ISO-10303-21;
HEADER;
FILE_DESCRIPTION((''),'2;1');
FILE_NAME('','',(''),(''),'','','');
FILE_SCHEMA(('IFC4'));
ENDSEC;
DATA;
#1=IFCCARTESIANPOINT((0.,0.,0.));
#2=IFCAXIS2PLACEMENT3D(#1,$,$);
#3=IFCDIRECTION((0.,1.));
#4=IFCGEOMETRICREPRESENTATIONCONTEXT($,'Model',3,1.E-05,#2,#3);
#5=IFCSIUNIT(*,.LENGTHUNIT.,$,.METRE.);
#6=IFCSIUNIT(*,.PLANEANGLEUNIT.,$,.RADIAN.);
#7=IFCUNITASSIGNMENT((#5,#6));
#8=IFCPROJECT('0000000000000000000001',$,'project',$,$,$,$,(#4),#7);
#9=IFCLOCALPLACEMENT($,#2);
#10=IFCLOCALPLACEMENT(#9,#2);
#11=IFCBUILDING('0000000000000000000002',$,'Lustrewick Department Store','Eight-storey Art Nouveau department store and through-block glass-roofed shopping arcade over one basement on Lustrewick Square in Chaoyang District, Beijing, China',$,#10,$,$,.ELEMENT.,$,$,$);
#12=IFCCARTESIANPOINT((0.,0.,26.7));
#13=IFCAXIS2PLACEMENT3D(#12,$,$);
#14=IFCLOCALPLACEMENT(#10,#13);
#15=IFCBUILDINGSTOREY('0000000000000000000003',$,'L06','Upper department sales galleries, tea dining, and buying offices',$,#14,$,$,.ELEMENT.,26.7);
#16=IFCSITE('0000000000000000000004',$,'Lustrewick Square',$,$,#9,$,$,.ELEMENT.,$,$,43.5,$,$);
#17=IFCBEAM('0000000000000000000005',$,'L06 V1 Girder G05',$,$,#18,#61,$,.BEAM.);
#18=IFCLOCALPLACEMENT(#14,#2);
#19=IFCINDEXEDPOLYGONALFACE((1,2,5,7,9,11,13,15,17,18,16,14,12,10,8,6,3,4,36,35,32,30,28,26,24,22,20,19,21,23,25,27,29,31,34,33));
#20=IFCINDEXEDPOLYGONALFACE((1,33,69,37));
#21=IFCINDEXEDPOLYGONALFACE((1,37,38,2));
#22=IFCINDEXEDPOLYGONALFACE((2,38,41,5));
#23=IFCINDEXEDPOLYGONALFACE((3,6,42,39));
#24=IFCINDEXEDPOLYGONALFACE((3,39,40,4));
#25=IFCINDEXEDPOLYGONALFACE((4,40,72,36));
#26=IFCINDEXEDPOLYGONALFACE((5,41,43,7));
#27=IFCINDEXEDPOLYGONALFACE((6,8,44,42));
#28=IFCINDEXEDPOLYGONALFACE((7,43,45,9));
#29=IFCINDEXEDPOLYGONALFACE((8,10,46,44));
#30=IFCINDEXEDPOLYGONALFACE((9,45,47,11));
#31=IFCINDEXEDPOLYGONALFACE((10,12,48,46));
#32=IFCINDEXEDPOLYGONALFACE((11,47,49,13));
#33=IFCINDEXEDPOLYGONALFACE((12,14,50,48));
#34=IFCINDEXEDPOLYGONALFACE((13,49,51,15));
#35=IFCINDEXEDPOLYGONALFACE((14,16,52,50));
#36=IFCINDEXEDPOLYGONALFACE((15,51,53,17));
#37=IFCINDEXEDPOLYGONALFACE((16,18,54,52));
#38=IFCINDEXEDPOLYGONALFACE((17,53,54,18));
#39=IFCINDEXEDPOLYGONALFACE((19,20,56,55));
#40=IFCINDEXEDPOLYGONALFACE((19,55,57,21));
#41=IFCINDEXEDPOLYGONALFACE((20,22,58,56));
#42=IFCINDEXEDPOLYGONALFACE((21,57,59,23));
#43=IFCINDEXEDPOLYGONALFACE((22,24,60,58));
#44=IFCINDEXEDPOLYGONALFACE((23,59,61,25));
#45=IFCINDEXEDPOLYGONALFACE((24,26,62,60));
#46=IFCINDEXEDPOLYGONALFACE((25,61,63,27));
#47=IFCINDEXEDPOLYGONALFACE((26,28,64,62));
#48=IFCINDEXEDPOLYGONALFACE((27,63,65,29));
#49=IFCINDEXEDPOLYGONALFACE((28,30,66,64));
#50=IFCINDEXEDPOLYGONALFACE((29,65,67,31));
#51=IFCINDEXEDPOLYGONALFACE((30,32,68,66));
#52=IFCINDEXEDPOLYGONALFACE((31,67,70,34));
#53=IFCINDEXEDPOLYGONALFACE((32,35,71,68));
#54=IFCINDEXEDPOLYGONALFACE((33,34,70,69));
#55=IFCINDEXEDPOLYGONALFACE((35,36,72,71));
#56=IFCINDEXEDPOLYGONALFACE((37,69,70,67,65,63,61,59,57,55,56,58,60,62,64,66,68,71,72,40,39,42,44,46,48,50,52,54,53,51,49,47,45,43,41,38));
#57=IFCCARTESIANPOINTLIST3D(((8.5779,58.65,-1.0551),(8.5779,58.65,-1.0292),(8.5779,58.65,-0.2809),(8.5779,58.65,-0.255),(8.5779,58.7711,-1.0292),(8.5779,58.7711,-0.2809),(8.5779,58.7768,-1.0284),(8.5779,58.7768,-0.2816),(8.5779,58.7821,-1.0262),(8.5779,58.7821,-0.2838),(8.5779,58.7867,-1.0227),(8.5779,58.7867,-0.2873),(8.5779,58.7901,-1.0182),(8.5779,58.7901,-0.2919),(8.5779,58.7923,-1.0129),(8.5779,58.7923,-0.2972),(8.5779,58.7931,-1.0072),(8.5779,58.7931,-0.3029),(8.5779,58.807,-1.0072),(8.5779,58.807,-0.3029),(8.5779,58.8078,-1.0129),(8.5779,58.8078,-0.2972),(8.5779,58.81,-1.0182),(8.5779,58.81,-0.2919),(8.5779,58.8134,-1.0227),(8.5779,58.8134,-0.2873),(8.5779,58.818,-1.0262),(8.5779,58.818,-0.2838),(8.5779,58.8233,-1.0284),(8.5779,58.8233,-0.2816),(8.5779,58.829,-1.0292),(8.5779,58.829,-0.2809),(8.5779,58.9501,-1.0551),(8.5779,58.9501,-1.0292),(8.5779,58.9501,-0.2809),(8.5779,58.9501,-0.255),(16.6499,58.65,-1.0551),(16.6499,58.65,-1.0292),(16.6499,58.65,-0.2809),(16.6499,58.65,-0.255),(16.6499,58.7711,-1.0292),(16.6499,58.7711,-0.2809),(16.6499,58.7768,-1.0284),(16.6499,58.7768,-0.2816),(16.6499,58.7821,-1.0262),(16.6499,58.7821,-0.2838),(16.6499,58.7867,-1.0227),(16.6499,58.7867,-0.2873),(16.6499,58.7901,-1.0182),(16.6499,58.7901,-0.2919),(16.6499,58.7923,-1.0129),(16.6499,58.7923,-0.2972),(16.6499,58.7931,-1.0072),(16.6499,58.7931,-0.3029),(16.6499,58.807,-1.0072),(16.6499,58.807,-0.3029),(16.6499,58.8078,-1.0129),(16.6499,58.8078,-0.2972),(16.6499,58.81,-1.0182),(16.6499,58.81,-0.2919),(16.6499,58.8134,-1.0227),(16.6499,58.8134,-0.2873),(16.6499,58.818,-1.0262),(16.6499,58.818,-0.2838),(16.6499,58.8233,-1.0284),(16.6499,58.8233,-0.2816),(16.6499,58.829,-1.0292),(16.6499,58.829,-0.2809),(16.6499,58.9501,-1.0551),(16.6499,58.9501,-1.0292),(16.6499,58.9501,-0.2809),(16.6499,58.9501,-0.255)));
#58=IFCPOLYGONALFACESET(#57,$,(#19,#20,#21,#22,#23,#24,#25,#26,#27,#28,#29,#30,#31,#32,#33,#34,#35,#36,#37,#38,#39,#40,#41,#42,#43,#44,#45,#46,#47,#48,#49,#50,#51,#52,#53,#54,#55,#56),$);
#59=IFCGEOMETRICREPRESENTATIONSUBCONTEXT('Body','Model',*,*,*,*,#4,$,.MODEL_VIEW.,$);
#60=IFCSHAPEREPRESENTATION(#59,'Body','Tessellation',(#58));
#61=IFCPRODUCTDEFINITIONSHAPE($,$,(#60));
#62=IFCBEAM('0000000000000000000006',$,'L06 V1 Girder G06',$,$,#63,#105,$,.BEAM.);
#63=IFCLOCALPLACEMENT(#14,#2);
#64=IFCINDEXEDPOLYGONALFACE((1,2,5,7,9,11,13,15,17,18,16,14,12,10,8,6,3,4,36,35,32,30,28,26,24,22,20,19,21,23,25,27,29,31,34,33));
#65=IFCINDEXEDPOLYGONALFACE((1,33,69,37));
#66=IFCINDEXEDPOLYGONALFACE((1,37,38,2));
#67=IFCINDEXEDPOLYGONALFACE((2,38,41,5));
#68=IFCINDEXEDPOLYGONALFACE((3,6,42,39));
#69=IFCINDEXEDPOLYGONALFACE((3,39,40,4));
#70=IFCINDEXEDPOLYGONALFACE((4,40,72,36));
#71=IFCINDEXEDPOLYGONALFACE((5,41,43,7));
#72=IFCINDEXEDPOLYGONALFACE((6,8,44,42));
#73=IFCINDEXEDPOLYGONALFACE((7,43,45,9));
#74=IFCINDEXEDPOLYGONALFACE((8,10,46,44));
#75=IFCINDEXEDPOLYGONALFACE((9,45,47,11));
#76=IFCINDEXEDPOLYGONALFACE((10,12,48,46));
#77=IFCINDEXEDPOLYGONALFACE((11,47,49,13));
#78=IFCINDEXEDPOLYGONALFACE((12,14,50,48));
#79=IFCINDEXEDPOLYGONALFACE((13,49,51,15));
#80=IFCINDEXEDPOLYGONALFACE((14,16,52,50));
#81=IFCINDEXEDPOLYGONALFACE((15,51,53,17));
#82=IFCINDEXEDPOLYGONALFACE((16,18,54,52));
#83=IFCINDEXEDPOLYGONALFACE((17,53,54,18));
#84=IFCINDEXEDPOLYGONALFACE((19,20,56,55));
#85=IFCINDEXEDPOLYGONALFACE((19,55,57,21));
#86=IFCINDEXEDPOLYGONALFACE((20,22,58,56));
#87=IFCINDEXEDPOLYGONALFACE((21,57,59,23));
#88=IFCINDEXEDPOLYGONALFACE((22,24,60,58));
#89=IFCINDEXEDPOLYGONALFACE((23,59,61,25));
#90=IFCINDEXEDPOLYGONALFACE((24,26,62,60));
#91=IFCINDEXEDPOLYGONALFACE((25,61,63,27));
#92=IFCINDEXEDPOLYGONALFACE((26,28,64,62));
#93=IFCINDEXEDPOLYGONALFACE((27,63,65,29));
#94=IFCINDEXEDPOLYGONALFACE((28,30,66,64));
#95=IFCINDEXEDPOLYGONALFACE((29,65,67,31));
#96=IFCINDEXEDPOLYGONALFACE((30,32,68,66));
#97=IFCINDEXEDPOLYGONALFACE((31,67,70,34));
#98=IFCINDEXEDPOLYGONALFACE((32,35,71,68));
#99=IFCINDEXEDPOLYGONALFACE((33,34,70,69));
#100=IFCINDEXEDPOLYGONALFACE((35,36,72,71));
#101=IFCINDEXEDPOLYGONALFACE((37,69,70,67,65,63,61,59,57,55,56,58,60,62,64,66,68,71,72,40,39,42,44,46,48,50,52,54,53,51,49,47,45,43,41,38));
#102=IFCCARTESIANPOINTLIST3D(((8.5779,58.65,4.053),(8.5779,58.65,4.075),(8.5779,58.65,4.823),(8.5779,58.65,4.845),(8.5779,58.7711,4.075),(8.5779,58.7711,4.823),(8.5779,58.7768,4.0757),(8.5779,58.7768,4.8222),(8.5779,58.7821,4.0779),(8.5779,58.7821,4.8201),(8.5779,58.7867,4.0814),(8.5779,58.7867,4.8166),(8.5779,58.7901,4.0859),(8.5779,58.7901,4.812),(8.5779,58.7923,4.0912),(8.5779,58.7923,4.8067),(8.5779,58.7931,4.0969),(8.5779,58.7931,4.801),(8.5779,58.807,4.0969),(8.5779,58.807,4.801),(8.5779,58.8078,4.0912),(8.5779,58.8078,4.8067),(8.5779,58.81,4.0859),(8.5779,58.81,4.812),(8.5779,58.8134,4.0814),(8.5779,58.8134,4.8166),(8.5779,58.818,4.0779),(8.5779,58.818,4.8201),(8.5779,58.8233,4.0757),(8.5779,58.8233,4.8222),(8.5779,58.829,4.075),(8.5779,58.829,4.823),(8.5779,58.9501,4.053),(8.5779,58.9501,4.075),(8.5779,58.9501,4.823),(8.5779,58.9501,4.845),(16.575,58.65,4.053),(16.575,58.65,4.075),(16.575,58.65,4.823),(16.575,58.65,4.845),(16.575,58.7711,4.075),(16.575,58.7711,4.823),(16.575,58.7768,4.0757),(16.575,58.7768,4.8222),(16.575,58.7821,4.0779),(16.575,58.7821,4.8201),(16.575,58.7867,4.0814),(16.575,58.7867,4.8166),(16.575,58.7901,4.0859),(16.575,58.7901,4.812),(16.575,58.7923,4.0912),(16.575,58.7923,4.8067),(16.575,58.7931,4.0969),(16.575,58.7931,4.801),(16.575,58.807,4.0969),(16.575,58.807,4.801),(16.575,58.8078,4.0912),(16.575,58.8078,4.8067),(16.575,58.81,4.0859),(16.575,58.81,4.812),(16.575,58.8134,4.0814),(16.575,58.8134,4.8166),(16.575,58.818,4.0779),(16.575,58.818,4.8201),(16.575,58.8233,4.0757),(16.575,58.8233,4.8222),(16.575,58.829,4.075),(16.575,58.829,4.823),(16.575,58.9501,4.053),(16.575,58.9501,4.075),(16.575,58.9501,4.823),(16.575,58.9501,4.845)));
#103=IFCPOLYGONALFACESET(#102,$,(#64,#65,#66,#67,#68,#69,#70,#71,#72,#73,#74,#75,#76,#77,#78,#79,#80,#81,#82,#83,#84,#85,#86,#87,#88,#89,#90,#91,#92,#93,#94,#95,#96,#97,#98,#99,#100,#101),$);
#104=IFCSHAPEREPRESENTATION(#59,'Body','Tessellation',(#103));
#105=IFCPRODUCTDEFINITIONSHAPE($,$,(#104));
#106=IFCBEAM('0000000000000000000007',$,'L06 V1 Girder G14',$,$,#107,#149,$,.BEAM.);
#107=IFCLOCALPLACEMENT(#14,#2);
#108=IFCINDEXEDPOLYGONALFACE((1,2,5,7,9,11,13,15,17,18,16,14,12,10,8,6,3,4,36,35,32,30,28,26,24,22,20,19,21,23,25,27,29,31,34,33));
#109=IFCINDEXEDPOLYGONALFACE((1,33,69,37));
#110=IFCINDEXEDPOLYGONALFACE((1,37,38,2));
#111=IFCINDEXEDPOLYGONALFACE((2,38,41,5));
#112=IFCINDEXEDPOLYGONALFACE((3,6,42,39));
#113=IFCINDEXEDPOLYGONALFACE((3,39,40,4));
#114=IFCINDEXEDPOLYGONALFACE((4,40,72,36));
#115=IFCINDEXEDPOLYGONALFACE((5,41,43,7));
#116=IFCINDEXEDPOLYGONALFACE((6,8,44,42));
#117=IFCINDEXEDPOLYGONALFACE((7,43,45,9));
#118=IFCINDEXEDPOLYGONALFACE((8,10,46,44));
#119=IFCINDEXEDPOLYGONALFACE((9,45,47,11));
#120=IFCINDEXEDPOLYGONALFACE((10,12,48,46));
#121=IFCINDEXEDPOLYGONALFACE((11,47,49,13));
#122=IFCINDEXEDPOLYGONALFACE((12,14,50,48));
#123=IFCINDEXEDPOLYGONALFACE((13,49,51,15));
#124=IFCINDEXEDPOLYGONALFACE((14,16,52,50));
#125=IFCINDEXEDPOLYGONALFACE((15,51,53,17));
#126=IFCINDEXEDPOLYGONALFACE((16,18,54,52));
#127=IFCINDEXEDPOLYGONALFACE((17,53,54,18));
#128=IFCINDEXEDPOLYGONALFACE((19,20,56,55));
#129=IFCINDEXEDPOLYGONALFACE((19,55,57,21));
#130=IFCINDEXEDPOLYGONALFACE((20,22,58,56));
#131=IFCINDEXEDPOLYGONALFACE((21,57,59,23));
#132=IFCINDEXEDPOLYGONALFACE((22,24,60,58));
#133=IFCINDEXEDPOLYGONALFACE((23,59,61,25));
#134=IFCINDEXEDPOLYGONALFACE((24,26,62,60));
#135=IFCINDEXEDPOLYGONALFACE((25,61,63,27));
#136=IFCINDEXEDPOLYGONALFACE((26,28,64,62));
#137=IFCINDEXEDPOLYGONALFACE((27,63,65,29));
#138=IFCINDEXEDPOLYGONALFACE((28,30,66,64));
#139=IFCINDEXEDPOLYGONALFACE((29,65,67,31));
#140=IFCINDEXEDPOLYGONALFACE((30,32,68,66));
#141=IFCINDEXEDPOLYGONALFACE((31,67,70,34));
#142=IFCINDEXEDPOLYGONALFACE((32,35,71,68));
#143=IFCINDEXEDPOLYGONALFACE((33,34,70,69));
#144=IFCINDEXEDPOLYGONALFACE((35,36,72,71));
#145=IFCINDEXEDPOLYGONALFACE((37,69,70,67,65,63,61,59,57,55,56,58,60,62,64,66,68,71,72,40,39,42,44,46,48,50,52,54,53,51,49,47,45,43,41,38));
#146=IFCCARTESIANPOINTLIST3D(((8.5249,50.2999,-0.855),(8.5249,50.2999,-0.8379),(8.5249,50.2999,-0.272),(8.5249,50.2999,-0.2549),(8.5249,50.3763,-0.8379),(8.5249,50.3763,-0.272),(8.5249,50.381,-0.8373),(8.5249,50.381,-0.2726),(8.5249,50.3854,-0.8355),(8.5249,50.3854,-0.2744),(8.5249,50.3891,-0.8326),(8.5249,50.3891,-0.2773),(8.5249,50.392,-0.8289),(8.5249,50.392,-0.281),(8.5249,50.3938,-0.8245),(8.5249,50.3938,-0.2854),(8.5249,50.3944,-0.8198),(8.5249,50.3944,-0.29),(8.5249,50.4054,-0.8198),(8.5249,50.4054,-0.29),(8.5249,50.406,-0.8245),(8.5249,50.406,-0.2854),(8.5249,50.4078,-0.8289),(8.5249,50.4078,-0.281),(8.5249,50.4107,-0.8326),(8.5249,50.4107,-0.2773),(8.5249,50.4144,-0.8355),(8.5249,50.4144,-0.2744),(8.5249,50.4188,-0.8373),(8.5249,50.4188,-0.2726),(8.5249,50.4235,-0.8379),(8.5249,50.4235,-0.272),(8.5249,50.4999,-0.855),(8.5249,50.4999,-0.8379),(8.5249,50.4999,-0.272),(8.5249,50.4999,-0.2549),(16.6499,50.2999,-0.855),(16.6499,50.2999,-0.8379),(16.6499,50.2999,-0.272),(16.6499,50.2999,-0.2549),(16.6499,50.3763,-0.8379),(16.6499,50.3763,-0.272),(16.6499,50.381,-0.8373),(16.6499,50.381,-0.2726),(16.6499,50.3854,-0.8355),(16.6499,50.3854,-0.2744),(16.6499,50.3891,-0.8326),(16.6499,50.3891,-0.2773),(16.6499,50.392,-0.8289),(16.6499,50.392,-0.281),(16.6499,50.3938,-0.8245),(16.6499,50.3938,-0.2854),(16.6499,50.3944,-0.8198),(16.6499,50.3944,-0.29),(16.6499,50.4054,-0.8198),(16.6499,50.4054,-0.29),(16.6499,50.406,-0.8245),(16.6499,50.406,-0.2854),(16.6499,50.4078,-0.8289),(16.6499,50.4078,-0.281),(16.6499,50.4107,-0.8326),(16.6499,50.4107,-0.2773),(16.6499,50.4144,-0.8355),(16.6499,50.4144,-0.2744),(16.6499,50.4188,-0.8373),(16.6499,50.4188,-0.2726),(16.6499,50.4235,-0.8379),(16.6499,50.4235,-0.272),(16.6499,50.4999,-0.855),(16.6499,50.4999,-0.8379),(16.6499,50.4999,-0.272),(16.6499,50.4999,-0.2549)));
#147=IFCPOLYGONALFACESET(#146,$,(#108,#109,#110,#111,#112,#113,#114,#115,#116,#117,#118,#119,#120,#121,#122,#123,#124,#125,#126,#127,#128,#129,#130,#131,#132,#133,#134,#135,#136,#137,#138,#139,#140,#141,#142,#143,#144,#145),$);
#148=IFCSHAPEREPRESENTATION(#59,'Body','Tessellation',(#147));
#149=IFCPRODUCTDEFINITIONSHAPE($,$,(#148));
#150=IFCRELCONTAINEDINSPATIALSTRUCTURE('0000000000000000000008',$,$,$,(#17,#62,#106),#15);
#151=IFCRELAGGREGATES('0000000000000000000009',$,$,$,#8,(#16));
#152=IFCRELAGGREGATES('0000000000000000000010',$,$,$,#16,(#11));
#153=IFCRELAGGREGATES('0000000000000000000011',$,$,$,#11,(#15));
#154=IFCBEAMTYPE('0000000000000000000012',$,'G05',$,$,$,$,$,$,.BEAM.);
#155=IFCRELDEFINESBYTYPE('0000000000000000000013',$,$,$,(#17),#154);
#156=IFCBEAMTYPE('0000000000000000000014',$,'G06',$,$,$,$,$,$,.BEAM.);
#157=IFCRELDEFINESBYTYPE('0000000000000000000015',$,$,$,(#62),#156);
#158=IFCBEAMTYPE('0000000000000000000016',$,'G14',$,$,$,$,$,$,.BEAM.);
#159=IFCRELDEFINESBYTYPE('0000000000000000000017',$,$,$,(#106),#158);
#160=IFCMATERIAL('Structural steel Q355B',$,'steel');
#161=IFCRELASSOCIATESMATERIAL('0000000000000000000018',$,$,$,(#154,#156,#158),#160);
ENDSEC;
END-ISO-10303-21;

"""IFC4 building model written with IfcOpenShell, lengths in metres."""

from ifc_helpers import new_model, si_unit, direction, frame, origin, origin_2d, place, context, subcontext, project, spatial, i_section, extrude, material, material_profile, profile_set, type_object, element, save


model = new_model("IFC4")

# Units and contexts
model_context = context("Model", 3, precision=1e-05, world=origin(), true_north=direction((0.0, 1.0)))
body_context = subcontext(model_context, "Body", "Model", "MODEL_VIEW")
ifc_project = project(units=[si_unit("LENGTHUNIT", "METRE"), si_unit("PLANEANGLEUNIT", "RADIAN")], contexts=[model_context])

# Site, building, storey
site_placement = place(None, origin())
site = spatial("IfcSite", under=ifc_project, at=site_placement, Name="Lustrewick Square", CompositionType="ELEMENT", RefElevation=43.5)
building_placement = place(site_placement, origin())
building = spatial("IfcBuilding", under=site, at=building_placement, Name="Lustrewick Department Store", Description="Eight-storey Art Nouveau department store and through-block glass-roofed shopping arcade over one basement on Lustrewick Square in Chaoyang District, Beijing, China", CompositionType="ELEMENT")
storey_placement = place(building_placement, frame((0.0, 0.0, 26.7)))
storey = spatial("IfcBuildingStorey", under=building, at=storey_placement, Name="L06", Description="Upper department sales galleries, tea dining, and buying offices", CompositionType="ELEMENT", Elevation=26.7)

# Shared definitions
ifc_material_1 = material(Name="Structural steel Q355B", Category="steel")

# Beams
ifc_material_profile_1 = material_profile(ifc_material_1, i_section(OverallWidth=0.3, OverallDepth=0.8, WebThickness=0.0139, FlangeThickness=0.0259, FilletRadius=0.022, at=origin_2d()), Name="HN 800x300x14x26")
ifc_profile_set_1 = profile_set([ifc_material_profile_1], Name="Structural steel Q355B")
beam_type_1 = type_object("IfcBeamType", Name="G05", PredefinedType="BEAM", material=ifc_profile_set_1)
beam_1_placement = place(storey_placement, frame((8.5779, 58.8, -0.655), z_axis=(1.0, 0.0, 0.0), x_axis=(0.0, 1.0, 0.0)))
element("IfcBeam", 1, at=beam_1_placement, inside=storey, type_object=beam_type_1, Name="L06 V1 Girder G05", PredefinedType="BEAM", context=body_context, shape_type="SweptSolid", body=[
    extrude(i_section(OverallWidth=0.3, OverallDepth=0.8, WebThickness=0.0139, FlangeThickness=0.0259, FilletRadius=0.022, at=origin_2d()), origin(), (0.0, 0.0, 1.0), 8.072),
])
ifc_material_profile_2 = material_profile(ifc_material_1, i_section(OverallWidth=0.3, OverallDepth=0.792, WebThickness=0.0139, FlangeThickness=0.022, FilletRadius=0.022, at=origin_2d()), Name="HN 792x300x14x22")
ifc_profile_set_2 = profile_set([ifc_material_profile_2], Name="Structural steel Q355B")
beam_type_2 = type_object("IfcBeamType", Name="G06", PredefinedType="BEAM", material=ifc_profile_set_2)
beam_2_placement = place(storey_placement, frame((8.5779, 58.8, 4.449), z_axis=(1.0, 0.0, 0.0), x_axis=(0.0, 1.0, 0.0)))
element("IfcBeam", 2, at=beam_2_placement, inside=storey, type_object=beam_type_2, Name="L06 V1 Girder G06", PredefinedType="BEAM", context=body_context, shape_type="SweptSolid", body=[
    extrude(i_section(OverallWidth=0.3, OverallDepth=0.792, WebThickness=0.0139, FlangeThickness=0.022, FilletRadius=0.022, at=origin_2d()), origin(), (0.0, 0.0, 1.0), 7.9971),
])
ifc_material_profile_3 = material_profile(ifc_material_1, i_section(OverallWidth=0.2, OverallDepth=0.6001, WebThickness=0.011, FlangeThickness=0.0171, FilletRadius=0.0181, at=origin_2d()), Name="HN 600x200x11x17")
ifc_profile_set_3 = profile_set([ifc_material_profile_3], Name="Structural steel Q355B")
beam_type_3 = type_object("IfcBeamType", Name="G14", PredefinedType="BEAM", material=ifc_profile_set_3)
beam_3_placement = place(storey_placement, frame((8.5249, 50.3999, -0.5549), z_axis=(1.0, 0.0, 0.0), x_axis=(0.0, 1.0, 0.0)))
element("IfcBeam", 3, at=beam_3_placement, inside=storey, type_object=beam_type_3, Name="L06 V1 Girder G14", PredefinedType="BEAM", context=body_context, shape_type="SweptSolid", body=[
    extrude(i_section(OverallWidth=0.2, OverallDepth=0.6001, WebThickness=0.011, FlangeThickness=0.0171, FilletRadius=0.0181, at=origin_2d()), origin(), (0.0, 0.0, 1.0), 8.125),
])

save(model, "model.ifc")
